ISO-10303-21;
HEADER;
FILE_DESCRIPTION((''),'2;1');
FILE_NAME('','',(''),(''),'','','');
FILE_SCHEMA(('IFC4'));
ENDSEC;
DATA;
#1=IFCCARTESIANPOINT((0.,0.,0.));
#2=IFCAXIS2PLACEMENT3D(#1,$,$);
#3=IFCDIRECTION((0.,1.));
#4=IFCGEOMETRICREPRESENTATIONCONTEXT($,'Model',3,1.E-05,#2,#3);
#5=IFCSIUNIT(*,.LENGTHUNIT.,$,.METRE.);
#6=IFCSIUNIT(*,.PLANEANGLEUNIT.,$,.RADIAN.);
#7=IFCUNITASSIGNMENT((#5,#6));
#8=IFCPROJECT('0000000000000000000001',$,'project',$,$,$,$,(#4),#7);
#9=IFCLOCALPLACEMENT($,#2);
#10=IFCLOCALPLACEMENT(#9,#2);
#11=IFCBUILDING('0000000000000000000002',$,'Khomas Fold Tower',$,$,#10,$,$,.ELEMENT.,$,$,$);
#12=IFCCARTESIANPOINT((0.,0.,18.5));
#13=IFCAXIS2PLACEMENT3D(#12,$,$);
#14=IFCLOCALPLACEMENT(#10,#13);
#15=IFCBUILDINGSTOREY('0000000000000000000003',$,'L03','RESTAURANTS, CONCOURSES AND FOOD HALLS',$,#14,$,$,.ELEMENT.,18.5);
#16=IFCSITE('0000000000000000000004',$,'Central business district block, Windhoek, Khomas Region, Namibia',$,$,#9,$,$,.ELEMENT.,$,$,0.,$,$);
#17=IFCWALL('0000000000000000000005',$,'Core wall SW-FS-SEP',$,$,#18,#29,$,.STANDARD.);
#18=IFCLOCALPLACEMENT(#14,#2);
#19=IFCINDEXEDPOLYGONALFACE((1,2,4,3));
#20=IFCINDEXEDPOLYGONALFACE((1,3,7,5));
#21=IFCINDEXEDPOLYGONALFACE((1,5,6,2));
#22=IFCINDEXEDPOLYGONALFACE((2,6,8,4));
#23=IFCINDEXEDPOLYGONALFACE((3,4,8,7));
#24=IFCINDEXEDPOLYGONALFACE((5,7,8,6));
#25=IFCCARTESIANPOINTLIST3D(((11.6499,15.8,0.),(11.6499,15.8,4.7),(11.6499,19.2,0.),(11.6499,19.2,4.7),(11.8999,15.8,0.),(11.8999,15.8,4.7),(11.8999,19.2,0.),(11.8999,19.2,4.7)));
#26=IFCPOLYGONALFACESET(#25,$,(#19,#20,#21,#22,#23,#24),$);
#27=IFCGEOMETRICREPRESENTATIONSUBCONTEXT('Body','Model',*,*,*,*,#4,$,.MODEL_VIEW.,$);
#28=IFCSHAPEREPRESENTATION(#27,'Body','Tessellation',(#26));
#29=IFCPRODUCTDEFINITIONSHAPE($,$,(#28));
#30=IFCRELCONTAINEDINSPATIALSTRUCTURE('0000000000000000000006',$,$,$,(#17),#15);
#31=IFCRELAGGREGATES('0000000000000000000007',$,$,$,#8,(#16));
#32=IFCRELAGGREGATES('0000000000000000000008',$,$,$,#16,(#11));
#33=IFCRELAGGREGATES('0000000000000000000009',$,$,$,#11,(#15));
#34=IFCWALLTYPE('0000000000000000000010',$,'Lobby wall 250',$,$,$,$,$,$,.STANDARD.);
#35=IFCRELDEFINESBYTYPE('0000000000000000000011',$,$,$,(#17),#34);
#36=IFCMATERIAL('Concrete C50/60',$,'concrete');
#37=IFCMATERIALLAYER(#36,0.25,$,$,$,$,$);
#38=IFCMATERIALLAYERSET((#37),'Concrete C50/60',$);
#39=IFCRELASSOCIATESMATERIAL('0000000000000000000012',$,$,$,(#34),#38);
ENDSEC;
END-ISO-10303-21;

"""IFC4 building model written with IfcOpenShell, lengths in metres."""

from ifc_helpers import new_model, si_unit, direction, frame, frame_2d, origin, place, context, subcontext, project, spatial, rectangle, extrude, source, transform, mapped, material, layer, layer_set, type_object, element, save


model = new_model("IFC4")

# Units and contexts
model_context = context("Model", 3, precision=1e-05, world=origin(), true_north=direction((0.0, 1.0)))
body_context = subcontext(model_context, "Body", "Model", "MODEL_VIEW")
ifc_project = project(units=[si_unit("LENGTHUNIT", "METRE"), si_unit("PLANEANGLEUNIT", "RADIAN")], contexts=[model_context])

# Site, building, storey
site_placement = place(None, origin())
site = spatial("IfcSite", under=ifc_project, at=site_placement, Name="Central business district block, Windhoek, Khomas Region, Namibia", CompositionType="ELEMENT", RefElevation=0.0)
building_placement = place(site_placement, origin())
building = spatial("IfcBuilding", under=site, at=building_placement, Name="Khomas Fold Tower", CompositionType="ELEMENT")
storey_placement = place(building_placement, frame((0.0, 0.0, 18.5)))
storey = spatial("IfcBuildingStorey", under=building, at=storey_placement, Name="L03", Description="RESTAURANTS, CONCOURSES AND FOOD HALLS", CompositionType="ELEMENT", Elevation=18.5)

# Wall
ifc_material_1 = material(Name="Concrete C50/60", Category="concrete")
ifc_layer_1 = layer(ifc_material_1, 0.25)
ifc_layer_set_1 = layer_set([ifc_layer_1], Name="Concrete C50/60")
wall_type_1 = type_object("IfcWallType", Name="Lobby wall 250", PredefinedType="STANDARD", material=ifc_layer_set_1)
shared_shape_1 = source(origin(), body_context, "Body", "SweptSolid", [
    extrude(rectangle(XDim=3.3999, YDim=0.25, at=frame_2d((1.7, 0.0))), origin(), (0.0, 0.0, 1.0), 4.7),
])
for number, where, z_axis, x_axis, name in (
    (1, (11.7749, 15.8, 0.0), (0.0, 0.0, 1.0), (0.0, 1.0, 0.0), "Core wall SW-FS-SEP"),
):
    element("IfcWall", number, at=place(storey_placement, frame(where, z_axis=z_axis, x_axis=x_axis)), inside=storey, type_object=wall_type_1, Name=name, PredefinedType="STANDARD", context=body_context, shape_type="MappedRepresentation", body=[
        mapped(shared_shape_1, transform((0.0, 0.0, 0.0))),
    ])

save(model, "model.ifc")
